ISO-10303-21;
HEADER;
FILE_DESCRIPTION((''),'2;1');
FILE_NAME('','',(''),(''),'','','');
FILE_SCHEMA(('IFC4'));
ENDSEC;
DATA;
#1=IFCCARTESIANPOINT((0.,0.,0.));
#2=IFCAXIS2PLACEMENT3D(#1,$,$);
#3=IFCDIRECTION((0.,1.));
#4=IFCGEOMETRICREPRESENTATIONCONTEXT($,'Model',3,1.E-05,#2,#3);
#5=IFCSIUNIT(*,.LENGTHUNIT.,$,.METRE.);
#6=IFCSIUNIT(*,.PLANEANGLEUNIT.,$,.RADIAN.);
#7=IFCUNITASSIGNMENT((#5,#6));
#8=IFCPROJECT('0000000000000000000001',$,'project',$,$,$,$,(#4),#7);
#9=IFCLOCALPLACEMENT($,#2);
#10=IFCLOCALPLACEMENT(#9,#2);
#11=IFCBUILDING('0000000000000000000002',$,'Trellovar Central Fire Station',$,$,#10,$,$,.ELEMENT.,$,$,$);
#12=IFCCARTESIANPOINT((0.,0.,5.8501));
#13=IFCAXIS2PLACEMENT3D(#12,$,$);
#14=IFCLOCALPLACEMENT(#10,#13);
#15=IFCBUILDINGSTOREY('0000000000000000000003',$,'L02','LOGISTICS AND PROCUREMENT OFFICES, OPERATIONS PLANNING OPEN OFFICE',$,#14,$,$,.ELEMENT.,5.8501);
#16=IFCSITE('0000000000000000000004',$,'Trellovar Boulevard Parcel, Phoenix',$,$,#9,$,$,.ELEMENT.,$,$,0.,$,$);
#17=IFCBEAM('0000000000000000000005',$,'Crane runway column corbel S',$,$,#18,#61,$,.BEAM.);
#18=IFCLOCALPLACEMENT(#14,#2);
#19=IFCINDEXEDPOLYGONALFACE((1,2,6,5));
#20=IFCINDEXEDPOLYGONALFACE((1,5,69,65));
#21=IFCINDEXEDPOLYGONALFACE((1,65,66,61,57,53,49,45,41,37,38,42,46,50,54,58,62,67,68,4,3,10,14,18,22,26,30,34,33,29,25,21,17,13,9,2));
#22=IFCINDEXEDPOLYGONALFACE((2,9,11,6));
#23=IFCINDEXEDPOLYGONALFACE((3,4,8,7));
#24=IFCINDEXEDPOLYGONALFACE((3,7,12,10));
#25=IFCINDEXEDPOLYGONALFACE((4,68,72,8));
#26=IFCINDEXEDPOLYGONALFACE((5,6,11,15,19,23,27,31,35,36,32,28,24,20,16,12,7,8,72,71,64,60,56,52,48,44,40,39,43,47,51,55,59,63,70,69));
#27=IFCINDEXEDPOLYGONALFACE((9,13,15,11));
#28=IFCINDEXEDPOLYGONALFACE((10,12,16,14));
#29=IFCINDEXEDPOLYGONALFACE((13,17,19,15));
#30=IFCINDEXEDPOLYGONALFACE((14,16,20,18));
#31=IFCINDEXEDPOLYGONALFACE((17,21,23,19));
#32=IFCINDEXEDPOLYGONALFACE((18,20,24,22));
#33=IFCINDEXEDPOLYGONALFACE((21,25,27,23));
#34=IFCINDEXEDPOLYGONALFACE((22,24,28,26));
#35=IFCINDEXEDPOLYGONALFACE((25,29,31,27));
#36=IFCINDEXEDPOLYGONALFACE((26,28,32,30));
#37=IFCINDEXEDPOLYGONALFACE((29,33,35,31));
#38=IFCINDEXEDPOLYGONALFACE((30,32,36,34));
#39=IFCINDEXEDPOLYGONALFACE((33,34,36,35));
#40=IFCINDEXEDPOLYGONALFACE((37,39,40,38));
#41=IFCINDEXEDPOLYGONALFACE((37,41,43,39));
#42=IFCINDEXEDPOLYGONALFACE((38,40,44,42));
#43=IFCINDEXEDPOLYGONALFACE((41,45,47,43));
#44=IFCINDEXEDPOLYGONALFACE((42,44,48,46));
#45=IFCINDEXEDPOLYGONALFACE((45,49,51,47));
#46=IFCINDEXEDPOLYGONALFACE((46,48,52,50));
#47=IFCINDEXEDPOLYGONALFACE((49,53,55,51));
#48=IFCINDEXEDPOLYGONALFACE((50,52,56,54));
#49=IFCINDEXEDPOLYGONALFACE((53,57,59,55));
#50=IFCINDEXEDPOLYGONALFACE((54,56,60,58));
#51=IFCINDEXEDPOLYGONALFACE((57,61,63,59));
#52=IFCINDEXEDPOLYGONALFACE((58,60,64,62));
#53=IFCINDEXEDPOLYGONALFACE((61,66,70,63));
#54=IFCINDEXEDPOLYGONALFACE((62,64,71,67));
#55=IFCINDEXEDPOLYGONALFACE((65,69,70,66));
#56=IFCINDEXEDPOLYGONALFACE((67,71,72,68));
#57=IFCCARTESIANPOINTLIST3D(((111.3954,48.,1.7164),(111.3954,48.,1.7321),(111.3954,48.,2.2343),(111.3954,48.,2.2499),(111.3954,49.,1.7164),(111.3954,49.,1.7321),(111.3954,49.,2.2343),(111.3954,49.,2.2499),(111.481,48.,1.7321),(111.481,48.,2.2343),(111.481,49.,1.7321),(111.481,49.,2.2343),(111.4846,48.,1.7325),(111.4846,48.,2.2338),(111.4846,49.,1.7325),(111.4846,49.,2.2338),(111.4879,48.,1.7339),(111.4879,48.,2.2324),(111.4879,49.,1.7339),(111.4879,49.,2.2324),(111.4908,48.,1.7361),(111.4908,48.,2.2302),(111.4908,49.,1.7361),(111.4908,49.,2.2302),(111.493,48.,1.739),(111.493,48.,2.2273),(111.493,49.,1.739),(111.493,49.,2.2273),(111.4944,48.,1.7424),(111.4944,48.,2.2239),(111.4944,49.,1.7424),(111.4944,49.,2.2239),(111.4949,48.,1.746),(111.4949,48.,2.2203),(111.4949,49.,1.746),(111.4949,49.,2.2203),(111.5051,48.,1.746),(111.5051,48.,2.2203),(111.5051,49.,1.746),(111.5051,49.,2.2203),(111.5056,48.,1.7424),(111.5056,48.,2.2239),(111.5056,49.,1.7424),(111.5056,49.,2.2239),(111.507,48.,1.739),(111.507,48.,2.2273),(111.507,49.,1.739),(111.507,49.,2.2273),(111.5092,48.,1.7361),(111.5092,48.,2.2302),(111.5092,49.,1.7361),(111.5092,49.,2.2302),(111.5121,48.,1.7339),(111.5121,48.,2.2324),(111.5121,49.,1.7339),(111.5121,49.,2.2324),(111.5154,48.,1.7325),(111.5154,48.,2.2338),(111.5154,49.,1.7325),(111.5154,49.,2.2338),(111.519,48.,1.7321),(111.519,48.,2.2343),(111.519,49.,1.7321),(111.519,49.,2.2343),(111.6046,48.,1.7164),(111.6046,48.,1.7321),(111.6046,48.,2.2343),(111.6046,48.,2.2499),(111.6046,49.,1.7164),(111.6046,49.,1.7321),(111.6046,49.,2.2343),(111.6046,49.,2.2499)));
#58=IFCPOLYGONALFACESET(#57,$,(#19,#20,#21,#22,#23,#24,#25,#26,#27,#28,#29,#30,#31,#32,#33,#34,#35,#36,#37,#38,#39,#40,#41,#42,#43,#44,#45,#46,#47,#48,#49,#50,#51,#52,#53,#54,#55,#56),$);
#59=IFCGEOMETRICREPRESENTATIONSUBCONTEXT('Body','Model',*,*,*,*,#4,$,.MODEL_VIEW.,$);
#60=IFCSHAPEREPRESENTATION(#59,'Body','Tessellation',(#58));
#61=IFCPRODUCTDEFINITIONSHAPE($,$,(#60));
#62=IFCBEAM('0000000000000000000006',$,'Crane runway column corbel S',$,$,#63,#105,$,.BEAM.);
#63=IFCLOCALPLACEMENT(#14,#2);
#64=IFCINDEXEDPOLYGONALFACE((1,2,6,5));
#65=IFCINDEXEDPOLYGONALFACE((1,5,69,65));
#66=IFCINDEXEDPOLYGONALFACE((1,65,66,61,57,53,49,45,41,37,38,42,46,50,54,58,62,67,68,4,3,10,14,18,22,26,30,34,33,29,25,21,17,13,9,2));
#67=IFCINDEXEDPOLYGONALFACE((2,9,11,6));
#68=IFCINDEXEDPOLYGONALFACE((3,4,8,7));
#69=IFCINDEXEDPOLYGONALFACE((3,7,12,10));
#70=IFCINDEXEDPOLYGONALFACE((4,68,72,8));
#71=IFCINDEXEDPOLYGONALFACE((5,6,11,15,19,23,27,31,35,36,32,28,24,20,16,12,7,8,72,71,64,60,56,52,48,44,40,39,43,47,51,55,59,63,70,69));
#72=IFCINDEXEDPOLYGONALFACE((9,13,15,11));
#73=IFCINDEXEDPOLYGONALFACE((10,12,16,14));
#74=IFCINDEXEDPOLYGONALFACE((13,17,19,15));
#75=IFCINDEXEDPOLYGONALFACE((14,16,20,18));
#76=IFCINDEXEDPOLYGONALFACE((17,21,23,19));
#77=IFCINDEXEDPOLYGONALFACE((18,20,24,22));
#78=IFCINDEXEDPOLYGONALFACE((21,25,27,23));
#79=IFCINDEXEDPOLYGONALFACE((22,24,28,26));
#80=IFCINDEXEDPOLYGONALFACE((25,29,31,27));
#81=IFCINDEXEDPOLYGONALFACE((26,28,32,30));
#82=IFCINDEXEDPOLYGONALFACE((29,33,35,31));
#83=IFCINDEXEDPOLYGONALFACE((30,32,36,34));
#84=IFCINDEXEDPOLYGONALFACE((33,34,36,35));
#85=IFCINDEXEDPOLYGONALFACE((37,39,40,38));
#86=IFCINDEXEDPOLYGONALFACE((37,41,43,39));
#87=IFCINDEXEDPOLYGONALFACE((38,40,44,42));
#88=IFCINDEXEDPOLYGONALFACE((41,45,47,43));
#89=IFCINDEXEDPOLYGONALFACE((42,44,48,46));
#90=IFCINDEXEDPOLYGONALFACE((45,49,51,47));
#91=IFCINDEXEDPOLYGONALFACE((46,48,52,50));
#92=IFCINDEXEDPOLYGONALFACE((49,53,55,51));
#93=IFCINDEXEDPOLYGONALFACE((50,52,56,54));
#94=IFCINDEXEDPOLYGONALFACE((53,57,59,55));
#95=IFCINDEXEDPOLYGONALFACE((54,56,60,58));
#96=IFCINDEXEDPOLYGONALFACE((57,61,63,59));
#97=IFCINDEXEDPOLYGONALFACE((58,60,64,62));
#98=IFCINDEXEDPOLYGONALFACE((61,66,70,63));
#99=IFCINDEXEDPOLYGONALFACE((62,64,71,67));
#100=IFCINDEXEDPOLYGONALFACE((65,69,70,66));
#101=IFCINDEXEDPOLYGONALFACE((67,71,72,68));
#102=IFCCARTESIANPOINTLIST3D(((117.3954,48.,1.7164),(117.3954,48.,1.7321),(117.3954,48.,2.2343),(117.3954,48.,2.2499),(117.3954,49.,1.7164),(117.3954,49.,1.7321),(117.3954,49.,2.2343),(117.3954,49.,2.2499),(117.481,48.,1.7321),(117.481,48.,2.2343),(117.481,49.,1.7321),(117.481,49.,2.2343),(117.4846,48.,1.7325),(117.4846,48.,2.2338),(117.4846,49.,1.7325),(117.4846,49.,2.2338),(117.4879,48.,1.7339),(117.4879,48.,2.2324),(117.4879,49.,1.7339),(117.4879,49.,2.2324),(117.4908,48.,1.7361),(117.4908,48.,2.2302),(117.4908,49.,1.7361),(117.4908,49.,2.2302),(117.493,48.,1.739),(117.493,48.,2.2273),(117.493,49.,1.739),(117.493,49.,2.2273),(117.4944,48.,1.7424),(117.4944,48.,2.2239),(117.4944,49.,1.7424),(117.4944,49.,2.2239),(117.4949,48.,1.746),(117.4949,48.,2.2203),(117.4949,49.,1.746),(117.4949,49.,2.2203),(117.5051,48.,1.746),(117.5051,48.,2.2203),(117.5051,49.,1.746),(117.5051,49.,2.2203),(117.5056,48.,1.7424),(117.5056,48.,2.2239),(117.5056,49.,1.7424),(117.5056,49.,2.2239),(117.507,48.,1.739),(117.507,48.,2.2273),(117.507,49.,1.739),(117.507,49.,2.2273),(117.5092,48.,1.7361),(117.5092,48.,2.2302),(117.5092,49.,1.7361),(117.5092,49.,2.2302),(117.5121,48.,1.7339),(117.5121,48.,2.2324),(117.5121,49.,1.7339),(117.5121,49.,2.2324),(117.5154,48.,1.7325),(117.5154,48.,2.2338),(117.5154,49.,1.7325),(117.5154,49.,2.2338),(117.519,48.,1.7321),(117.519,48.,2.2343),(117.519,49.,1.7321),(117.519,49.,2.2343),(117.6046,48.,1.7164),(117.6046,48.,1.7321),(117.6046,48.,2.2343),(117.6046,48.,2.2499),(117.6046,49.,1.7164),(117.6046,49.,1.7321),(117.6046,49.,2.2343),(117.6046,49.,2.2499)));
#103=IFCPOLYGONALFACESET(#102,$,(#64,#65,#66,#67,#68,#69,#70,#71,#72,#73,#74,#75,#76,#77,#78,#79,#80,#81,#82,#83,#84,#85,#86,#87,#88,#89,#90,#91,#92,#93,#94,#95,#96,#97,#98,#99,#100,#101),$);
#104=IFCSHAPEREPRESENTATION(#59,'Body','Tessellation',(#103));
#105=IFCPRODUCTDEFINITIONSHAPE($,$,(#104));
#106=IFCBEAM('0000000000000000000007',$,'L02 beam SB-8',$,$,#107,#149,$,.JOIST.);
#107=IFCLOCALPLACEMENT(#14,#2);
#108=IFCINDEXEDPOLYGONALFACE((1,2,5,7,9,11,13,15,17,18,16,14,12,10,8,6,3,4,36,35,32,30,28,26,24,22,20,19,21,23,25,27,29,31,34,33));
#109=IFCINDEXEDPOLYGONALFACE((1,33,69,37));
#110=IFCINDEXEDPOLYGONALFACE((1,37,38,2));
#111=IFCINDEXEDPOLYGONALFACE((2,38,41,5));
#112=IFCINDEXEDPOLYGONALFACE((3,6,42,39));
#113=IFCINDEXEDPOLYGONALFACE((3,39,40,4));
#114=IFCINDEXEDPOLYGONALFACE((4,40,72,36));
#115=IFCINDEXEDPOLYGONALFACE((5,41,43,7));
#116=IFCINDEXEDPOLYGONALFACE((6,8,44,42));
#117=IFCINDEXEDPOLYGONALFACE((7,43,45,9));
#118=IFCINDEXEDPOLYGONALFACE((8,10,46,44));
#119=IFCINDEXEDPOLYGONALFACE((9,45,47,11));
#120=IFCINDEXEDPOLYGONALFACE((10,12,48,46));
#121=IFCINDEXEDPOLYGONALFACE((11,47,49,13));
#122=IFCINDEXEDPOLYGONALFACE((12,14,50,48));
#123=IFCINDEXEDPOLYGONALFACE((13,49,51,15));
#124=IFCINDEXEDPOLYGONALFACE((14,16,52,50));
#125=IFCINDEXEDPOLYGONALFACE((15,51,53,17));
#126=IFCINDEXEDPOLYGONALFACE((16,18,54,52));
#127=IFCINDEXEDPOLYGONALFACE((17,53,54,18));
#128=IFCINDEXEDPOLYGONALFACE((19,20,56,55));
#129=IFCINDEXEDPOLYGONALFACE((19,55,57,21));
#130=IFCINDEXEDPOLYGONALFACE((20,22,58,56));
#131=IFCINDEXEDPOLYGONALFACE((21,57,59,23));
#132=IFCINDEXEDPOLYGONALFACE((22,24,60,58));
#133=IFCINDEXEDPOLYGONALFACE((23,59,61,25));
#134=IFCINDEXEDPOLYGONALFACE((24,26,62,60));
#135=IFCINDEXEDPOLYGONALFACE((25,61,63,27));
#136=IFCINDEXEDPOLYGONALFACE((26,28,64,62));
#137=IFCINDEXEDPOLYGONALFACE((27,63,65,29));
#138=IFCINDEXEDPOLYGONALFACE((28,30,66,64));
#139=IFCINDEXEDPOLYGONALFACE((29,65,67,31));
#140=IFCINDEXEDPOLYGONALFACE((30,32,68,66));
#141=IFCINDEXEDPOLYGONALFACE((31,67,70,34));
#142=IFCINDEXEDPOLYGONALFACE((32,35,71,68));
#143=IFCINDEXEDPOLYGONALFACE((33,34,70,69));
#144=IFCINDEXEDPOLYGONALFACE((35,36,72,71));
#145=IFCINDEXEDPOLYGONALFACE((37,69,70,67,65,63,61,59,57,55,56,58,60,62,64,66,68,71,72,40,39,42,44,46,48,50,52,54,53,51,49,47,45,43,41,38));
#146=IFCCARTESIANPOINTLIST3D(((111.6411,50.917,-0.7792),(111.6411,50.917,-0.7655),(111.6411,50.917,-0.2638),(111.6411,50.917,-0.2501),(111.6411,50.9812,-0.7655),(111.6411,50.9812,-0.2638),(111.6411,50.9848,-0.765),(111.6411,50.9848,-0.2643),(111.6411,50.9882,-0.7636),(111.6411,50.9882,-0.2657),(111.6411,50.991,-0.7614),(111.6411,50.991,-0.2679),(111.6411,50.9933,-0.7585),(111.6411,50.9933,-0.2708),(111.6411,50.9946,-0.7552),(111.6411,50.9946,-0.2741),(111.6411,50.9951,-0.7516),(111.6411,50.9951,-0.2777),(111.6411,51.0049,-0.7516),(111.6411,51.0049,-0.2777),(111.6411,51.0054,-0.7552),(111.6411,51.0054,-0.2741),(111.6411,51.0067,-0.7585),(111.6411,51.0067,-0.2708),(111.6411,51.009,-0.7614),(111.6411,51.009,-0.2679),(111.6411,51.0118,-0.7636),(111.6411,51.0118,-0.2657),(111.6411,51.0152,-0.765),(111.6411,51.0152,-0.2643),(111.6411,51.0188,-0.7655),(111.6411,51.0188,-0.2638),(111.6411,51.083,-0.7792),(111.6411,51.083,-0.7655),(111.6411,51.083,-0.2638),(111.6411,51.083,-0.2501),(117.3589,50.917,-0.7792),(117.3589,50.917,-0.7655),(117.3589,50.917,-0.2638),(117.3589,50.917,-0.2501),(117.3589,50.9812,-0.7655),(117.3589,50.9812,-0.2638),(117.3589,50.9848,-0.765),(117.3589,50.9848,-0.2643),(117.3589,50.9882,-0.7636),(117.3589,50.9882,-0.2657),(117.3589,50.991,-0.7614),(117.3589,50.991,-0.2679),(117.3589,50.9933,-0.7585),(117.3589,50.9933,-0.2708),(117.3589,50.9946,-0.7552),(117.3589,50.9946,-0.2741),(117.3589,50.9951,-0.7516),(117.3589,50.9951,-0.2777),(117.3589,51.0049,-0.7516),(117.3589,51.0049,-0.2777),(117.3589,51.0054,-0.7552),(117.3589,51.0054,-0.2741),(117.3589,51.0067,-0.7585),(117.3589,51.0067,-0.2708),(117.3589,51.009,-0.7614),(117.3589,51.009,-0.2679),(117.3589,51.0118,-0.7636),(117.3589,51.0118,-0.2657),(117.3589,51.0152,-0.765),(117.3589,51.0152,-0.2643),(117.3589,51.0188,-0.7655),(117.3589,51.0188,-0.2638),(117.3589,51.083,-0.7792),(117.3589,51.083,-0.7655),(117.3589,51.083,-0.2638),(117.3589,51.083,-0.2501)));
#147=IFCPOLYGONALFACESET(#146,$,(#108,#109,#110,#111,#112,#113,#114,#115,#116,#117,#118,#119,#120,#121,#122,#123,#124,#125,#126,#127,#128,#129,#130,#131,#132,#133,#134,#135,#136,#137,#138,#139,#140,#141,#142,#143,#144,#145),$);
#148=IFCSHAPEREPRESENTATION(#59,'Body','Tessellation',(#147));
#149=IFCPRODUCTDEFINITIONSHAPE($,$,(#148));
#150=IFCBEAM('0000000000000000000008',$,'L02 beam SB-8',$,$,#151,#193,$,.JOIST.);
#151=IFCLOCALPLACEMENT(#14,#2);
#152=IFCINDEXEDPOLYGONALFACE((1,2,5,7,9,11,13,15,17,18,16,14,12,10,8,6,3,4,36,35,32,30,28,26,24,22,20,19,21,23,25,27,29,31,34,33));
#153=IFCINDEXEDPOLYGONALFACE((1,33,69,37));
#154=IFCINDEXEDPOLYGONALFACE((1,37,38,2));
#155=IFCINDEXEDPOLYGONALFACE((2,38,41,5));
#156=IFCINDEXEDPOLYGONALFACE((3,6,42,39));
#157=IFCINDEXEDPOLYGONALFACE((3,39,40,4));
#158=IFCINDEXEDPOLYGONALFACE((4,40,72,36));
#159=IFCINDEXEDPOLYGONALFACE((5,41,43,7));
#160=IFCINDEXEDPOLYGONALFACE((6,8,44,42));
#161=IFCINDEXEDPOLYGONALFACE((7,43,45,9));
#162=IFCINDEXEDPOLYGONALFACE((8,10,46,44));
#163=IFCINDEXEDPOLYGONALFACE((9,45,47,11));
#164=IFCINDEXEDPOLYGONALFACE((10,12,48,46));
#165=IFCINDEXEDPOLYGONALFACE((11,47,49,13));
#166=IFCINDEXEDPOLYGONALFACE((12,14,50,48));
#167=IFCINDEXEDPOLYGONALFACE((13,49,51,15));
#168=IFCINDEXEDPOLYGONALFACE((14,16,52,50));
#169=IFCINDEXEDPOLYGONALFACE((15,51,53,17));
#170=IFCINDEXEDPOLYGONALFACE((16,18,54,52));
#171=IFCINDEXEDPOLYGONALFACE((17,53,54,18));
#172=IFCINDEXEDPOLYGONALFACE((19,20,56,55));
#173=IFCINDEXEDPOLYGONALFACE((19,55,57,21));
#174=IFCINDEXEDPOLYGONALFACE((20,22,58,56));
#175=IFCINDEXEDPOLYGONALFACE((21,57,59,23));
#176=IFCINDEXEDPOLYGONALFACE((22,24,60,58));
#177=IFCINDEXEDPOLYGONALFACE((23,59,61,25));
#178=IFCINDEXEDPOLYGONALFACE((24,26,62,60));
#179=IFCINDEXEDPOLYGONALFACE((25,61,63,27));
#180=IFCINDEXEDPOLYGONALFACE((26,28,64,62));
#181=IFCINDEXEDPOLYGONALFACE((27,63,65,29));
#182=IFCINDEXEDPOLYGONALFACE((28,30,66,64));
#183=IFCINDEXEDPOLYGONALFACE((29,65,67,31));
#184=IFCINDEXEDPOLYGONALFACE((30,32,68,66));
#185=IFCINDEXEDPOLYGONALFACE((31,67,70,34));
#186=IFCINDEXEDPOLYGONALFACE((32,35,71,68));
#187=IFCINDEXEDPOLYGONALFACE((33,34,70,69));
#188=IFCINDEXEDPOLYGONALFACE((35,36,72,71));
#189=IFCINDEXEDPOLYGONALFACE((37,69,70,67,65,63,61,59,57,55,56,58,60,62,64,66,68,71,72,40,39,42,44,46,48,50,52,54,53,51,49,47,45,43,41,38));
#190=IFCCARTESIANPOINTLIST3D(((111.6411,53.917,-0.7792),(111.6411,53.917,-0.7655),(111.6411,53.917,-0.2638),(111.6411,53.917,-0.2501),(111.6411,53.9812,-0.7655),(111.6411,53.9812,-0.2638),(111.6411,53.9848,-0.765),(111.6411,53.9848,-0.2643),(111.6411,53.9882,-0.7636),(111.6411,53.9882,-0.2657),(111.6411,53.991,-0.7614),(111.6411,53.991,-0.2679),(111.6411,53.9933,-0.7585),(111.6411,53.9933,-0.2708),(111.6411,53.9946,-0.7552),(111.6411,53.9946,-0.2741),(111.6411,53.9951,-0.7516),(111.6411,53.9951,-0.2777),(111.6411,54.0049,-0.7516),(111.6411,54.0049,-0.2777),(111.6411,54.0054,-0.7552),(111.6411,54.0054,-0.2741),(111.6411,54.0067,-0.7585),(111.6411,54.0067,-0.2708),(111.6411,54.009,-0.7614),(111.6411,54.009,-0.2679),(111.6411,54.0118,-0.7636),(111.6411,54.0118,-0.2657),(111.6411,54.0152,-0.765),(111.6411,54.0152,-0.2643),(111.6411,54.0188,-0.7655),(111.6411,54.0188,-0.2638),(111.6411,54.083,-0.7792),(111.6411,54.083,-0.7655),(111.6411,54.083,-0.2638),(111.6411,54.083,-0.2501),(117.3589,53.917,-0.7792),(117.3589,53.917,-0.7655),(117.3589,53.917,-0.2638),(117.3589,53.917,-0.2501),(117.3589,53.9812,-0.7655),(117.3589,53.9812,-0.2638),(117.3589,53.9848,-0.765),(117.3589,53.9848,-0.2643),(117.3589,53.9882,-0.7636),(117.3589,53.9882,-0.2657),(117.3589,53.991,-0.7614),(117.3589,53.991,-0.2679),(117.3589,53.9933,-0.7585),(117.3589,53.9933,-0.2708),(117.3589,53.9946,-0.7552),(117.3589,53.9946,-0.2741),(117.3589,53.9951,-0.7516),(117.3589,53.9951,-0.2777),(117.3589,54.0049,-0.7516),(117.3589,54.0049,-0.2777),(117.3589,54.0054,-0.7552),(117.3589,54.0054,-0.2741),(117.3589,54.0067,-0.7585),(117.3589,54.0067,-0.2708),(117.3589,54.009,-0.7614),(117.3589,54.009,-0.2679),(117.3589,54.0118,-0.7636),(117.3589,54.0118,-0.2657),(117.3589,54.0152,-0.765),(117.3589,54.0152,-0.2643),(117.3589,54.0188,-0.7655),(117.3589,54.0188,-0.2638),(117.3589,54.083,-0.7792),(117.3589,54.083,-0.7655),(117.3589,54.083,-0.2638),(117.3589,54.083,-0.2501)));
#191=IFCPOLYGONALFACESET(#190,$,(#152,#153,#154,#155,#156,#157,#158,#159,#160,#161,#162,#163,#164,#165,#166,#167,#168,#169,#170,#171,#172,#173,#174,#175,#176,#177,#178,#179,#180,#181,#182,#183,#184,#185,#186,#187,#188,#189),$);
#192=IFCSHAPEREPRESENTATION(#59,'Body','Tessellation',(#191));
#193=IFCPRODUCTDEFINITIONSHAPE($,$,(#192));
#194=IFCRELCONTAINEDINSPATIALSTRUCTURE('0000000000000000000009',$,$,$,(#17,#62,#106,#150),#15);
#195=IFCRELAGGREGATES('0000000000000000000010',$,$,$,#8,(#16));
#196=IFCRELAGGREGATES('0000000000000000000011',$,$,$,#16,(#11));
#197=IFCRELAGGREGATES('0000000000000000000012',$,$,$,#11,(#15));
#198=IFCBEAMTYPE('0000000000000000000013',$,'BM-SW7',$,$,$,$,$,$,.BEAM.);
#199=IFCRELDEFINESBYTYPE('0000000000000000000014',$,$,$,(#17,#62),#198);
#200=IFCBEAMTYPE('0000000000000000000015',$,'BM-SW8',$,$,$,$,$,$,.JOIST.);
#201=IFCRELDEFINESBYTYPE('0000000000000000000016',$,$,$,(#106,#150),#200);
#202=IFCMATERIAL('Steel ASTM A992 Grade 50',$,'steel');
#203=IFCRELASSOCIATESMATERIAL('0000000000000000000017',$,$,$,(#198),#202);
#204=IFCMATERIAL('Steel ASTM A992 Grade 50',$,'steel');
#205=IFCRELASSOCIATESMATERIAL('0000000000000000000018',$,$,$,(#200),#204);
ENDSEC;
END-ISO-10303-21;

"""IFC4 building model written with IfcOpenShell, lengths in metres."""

from ifc_helpers import new_model, si_unit, direction, frame, origin, origin_2d, place, context, subcontext, project, spatial, i_section, extrude, material, material_profile, profile_set, type_object, element, save


model = new_model("IFC4")

# Units and contexts
model_context = context("Model", 3, precision=1e-05, world=origin(), true_north=direction((0.0, 1.0)))
body_context = subcontext(model_context, "Body", "Model", "MODEL_VIEW")
ifc_project = project(units=[si_unit("LENGTHUNIT", "METRE"), si_unit("PLANEANGLEUNIT", "RADIAN")], contexts=[model_context])

# Site, building, storey
site_placement = place(None, origin())
site = spatial("IfcSite", under=ifc_project, at=site_placement, Name="Trellovar Boulevard Parcel, Phoenix", CompositionType="ELEMENT", RefElevation=0.0)
building_placement = place(site_placement, origin())
building = spatial("IfcBuilding", under=site, at=building_placement, Name="Trellovar Central Fire Station", CompositionType="ELEMENT")
storey_placement = place(building_placement, frame((0.0, 0.0, 5.8501)))
storey = spatial("IfcBuildingStorey", under=building, at=storey_placement, Name="L02", Description="LOGISTICS AND PROCUREMENT OFFICES, OPERATIONS PLANNING OPEN OFFICE", CompositionType="ELEMENT", Elevation=5.8501)

# Beams
ifc_material_1 = material(Name="Steel ASTM A992 Grade 50", Category="steel")
ifc_material_profile_1 = material_profile(ifc_material_1, i_section(OverallWidth=0.2092, OverallDepth=0.5334, WebThickness=0.0103, FlangeThickness=0.0156, FilletRadius=0.0139, at=origin_2d()), Name="W21X62")
ifc_profile_set_1 = profile_set([ifc_material_profile_1], Name="Steel ASTM A992 Grade 50")
beam_type_1 = type_object("IfcBeamType", Name="BM-SW7", PredefinedType="BEAM", material=ifc_profile_set_1)
for number, where, z_axis, x_axis, name in (
    (1, (111.5, 48.0, 1.9832), (0.0, 1.0, 0.0), (-1.0, 0.0, 0.0), "Crane runway column corbel S"),
    (2, (117.5, 48.0, 1.9832), (0.0, 1.0, 0.0), (-1.0, 0.0, 0.0), "Crane runway column corbel S"),
):
    element("IfcBeam", number, at=place(storey_placement, frame(where, z_axis=z_axis, x_axis=x_axis)), inside=storey, type_object=beam_type_1, Name=name, PredefinedType="BEAM", context=body_context, shape_type="SweptSolid", body=[
        extrude(i_section(OverallWidth=0.2092, OverallDepth=0.5334, WebThickness=0.0103, FlangeThickness=0.0156, FilletRadius=0.0139, at=origin_2d()), origin(), (0.0, 0.0, 1.0), 1.0),
    ])
ifc_material_2 = material(Name="Steel ASTM A992 Grade 50", Category="steel")
ifc_material_profile_2 = material_profile(ifc_material_2, i_section(OverallWidth=0.166, OverallDepth=0.5291, WebThickness=0.0098, FlangeThickness=0.0137, FilletRadius=0.0139, at=origin_2d()), Name="W21X50")
ifc_profile_set_2 = profile_set([ifc_material_profile_2], Name="Steel ASTM A992 Grade 50")
beam_type_2 = type_object("IfcBeamType", Name="BM-SW8", PredefinedType="JOIST", material=ifc_profile_set_2)
for number, where, z_axis, x_axis, name in (
    (3, (111.6411, 51.0, -0.5146), (1.0, 0.0, 0.0), (0.0, 1.0, 0.0), "L02 beam SB-8"),
    (4, (111.6411, 54.0, -0.5146), (1.0, 0.0, 0.0), (0.0, 1.0, 0.0), "L02 beam SB-8"),
):
    element("IfcBeam", number, at=place(storey_placement, frame(where, z_axis=z_axis, x_axis=x_axis)), inside=storey, type_object=beam_type_2, Name=name, PredefinedType="JOIST", context=body_context, shape_type="SweptSolid", body=[
        extrude(i_section(OverallWidth=0.166, OverallDepth=0.5291, WebThickness=0.0098, FlangeThickness=0.0137, FilletRadius=0.0139, at=origin_2d()), origin(), (0.0, 0.0, 1.0), 5.7178),
    ])

save(model, "model.ifc")
